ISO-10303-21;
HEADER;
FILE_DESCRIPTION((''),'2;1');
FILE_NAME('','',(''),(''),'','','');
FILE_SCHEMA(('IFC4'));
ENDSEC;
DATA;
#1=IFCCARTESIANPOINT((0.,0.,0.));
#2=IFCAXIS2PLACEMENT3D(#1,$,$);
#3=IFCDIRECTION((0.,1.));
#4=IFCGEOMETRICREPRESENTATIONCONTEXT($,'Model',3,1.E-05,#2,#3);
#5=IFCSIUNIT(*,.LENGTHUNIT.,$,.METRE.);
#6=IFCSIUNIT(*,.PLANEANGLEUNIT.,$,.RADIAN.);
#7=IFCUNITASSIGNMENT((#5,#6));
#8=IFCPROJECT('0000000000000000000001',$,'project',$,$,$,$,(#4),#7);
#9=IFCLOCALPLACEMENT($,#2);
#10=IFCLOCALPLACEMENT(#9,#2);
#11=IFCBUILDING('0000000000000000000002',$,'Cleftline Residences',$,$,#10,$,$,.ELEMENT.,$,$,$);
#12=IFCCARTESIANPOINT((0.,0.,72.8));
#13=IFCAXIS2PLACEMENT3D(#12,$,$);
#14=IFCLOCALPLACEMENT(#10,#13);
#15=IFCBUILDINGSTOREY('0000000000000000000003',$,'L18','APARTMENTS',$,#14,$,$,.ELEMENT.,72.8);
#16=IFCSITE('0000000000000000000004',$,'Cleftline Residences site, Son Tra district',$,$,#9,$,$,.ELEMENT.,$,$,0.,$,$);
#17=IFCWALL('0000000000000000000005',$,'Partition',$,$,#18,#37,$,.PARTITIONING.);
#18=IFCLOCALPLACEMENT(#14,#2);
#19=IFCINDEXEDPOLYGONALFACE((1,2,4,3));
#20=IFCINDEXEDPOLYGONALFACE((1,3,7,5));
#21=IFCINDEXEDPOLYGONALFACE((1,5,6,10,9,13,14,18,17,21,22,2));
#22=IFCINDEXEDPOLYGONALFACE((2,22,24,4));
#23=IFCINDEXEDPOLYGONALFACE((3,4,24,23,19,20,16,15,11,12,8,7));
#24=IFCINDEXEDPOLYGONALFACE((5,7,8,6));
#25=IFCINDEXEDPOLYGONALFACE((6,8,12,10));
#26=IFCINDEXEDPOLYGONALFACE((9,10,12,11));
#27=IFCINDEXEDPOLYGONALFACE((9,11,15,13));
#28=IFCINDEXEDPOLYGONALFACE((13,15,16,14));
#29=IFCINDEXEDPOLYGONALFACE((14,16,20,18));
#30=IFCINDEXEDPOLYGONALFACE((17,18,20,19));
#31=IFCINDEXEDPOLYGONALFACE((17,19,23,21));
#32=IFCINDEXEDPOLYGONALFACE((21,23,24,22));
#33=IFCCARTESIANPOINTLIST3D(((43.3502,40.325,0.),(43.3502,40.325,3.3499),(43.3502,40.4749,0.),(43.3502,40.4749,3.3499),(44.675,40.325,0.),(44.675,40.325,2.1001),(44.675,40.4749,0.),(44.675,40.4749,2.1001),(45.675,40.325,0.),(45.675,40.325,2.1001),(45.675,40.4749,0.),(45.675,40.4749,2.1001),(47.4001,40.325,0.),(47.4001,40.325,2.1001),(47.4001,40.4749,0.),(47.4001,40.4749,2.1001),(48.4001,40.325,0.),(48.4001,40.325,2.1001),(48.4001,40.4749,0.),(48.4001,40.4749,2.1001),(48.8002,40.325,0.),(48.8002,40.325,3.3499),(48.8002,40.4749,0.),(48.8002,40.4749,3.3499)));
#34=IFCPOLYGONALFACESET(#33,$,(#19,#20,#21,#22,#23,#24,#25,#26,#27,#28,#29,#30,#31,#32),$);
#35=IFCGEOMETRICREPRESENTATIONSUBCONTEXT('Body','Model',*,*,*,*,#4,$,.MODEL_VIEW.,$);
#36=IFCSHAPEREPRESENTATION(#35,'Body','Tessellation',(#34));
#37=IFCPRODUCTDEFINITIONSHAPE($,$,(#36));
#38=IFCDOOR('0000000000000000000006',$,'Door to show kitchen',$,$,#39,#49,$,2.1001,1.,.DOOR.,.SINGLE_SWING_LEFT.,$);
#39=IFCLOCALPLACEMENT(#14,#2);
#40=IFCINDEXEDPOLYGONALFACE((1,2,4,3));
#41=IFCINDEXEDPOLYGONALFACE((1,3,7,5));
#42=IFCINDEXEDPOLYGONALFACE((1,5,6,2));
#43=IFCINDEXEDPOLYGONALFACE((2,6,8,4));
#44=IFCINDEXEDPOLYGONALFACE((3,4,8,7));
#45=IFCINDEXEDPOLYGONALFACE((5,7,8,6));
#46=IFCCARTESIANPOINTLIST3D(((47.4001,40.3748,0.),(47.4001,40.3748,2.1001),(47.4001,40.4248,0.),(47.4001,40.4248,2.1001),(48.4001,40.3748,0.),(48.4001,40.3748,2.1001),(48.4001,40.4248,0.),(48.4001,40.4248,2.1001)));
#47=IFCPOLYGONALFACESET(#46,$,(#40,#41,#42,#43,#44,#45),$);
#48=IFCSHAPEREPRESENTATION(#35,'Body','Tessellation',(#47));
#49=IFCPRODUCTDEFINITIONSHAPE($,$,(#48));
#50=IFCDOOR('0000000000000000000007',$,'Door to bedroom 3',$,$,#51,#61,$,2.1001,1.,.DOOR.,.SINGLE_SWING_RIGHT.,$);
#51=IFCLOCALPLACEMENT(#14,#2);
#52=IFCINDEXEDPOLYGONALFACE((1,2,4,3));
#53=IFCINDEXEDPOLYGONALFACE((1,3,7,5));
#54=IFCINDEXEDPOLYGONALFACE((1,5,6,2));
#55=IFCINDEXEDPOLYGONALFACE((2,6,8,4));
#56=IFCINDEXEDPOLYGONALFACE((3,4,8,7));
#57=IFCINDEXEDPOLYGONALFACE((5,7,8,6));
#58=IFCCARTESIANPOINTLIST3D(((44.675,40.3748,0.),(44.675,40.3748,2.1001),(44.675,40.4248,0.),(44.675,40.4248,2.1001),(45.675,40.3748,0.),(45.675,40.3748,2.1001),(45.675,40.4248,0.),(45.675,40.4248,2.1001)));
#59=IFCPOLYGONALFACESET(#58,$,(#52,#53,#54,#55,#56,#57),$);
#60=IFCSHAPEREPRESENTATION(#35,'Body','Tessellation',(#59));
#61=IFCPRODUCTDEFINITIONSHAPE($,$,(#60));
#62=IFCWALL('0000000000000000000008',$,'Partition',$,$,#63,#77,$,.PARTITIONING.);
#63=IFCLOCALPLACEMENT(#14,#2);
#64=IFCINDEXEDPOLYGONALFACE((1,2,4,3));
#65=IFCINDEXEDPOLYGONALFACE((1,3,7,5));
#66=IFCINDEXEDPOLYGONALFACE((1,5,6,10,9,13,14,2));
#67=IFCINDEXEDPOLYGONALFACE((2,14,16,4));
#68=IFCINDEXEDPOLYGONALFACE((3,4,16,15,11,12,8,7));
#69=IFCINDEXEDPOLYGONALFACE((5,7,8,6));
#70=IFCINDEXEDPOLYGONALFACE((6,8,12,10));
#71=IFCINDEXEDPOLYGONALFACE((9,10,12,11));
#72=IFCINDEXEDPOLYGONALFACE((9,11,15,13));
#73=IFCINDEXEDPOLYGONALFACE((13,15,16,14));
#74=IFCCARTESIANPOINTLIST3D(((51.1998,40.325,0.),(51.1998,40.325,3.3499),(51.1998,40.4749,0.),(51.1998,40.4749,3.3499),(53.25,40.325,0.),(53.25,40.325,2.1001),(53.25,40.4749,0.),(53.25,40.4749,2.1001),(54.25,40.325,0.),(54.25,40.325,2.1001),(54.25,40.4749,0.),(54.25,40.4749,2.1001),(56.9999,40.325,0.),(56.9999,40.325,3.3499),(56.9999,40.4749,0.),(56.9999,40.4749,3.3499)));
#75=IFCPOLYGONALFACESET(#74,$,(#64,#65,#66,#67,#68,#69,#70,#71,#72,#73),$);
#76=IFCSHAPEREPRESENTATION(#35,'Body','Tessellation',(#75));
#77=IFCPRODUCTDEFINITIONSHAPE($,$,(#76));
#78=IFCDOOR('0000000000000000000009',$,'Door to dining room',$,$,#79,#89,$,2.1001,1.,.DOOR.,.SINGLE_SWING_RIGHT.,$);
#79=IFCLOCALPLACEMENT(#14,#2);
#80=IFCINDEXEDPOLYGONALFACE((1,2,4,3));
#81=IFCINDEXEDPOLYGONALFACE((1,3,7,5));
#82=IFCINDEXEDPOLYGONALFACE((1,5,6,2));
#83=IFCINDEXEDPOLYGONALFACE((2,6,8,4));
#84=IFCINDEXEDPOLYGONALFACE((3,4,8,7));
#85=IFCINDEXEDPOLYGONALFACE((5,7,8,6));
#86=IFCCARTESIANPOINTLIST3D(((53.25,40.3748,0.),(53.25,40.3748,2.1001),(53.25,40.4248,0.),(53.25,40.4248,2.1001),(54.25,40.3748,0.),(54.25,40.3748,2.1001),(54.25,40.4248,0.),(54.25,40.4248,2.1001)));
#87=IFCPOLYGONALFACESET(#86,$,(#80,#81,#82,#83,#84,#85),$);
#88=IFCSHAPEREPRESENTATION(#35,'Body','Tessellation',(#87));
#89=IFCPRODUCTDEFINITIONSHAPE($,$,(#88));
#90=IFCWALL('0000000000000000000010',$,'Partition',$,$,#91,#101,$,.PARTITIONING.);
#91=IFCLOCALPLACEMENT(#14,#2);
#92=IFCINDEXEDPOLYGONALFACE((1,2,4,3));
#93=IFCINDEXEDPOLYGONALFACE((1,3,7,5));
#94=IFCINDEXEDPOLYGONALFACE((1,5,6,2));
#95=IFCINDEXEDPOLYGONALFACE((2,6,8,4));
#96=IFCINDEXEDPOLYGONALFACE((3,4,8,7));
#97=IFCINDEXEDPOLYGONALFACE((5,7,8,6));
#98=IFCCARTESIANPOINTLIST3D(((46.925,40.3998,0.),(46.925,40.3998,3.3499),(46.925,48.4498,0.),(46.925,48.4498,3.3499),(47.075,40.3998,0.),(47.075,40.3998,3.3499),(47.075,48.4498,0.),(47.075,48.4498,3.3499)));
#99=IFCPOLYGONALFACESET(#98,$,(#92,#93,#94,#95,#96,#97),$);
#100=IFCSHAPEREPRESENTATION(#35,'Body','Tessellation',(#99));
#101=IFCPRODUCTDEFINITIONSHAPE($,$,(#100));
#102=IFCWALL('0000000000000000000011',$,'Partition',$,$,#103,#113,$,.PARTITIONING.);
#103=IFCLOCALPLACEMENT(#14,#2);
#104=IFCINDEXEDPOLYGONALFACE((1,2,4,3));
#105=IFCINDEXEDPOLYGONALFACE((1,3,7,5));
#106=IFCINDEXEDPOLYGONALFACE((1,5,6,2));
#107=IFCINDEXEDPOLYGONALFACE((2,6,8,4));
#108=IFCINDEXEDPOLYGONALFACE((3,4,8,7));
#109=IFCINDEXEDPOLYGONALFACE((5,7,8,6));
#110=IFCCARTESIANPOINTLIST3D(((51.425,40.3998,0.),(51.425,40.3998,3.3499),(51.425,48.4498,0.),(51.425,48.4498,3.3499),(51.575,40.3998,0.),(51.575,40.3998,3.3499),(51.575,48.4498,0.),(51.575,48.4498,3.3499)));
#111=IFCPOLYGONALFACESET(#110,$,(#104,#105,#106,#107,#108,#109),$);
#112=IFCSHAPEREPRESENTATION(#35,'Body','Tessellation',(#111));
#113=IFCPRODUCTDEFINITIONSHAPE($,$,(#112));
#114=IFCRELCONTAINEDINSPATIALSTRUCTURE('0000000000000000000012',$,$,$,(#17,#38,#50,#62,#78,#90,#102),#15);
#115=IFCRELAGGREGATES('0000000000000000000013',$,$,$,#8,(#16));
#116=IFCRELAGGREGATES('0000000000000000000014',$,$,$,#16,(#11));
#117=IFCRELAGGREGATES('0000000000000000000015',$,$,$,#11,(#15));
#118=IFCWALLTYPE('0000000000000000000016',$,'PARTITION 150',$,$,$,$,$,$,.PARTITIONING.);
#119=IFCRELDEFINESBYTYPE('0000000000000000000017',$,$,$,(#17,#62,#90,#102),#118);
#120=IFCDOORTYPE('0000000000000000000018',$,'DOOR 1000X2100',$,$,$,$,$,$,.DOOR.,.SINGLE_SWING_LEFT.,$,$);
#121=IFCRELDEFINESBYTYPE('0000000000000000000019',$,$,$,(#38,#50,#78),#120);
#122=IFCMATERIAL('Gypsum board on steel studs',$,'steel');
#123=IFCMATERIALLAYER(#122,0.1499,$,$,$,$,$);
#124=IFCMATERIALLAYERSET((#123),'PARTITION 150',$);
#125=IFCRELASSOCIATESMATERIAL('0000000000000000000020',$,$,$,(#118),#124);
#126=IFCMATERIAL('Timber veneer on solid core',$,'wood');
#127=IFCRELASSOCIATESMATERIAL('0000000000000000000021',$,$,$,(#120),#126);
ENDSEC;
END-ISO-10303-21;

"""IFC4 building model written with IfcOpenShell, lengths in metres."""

from ifc_helpers import new_model, si_unit, direction, frame, frame_2d, origin, place, context, subcontext, project, spatial, rectangle, extrude, material, layer, layer_set, type_object, element, fill, save


model = new_model("IFC4")

# Units and contexts
model_context = context("Model", 3, precision=1e-05, world=origin(), true_north=direction((0.0, 1.0)))
body_context = subcontext(model_context, "Body", "Model", "MODEL_VIEW")
ifc_project = project(units=[si_unit("LENGTHUNIT", "METRE"), si_unit("PLANEANGLEUNIT", "RADIAN")], contexts=[model_context])

# Site, building, storey
site_placement = place(None, origin())
site = spatial("IfcSite", under=ifc_project, at=site_placement, Name="Cleftline Residences site, Son Tra district", CompositionType="ELEMENT", RefElevation=0.0)
building_placement = place(site_placement, origin())
building = spatial("IfcBuilding", under=site, at=building_placement, Name="Cleftline Residences", CompositionType="ELEMENT")
storey_placement = place(building_placement, frame((0.0, 0.0, 72.8)))
storey = spatial("IfcBuildingStorey", under=building, at=storey_placement, Name="L18", Description="APARTMENTS", CompositionType="ELEMENT", Elevation=72.8)

# Wall, openings, doors
ifc_material_1 = material(Name="Gypsum board on steel studs", Category="steel")
ifc_layer_1 = layer(ifc_material_1, 0.1499)
ifc_layer_set_1 = layer_set([ifc_layer_1], Name="PARTITION 150")
wall_type = type_object("IfcWallType", Name="PARTITION 150", PredefinedType="PARTITIONING", material=ifc_layer_set_1)
ifc_material_2 = material(Name="Timber veneer on solid core", Category="wood")
door_type_1 = type_object("IfcDoorType", Name="DOOR 1000X2100", OperationType="SINGLE_SWING_LEFT", PredefinedType="DOOR", material=ifc_material_2)
wall_1_placement = place(storey_placement, frame((43.3501, 40.3999, 0.0), z_axis=(0.0, 0.0, 1.0), x_axis=(1.0, 0.0, 0.0)))
wall_1 = element("IfcWall", 1, at=wall_1_placement, inside=storey, type_object=wall_type, Name="Partition", PredefinedType="PARTITIONING", context=body_context, shape_type="SweptSolid", body=[
    extrude(rectangle(XDim=5.45, YDim=0.1499, at=frame_2d((2.7251, 0.0))), origin(), (0.0, 0.0, 1.0), 3.3499),
])
opening_1_placement = place(wall_1_placement, frame((4.05, 0.0, 0.0)))
opening_1 = element("IfcOpeningElement", 2, at=opening_1_placement, cuts=wall_1, PredefinedType="OPENING", context=body_context, shape_type="SweptSolid", body=[
    extrude(rectangle(XDim=1.0, YDim=2.1001, at=frame_2d((0.5, 1.05))), frame((0.0, 0.085, 0.0), z_axis=(0.0, -1.0, 0.0), x_axis=(1.0, 0.0, 0.0)), (0.0, 0.0, 1.0), 0.1699),
])
opening_2_placement = place(wall_1_placement, frame((1.325, 0.0, 0.0)))
opening_2 = element("IfcOpeningElement", 3, at=opening_2_placement, cuts=wall_1, PredefinedType="OPENING", context=body_context, shape_type="SweptSolid", body=[
    extrude(rectangle(XDim=1.0, YDim=2.1001, at=frame_2d((0.5, 1.05))), frame((0.0, 0.085, 0.0), z_axis=(0.0, -1.0, 0.0), x_axis=(1.0, 0.0, 0.0)), (0.0, 0.0, 1.0), 0.1699),
])
door_1_placement = place(opening_1_placement, origin())
door_1 = element("IfcDoor", 4, at=door_1_placement, inside=storey, type_object=door_type_1, Name="Door to show kitchen", OperationType="SINGLE_SWING_LEFT", OverallHeight=2.1001, OverallWidth=1.0, PredefinedType="DOOR", context=body_context, shape_type="SweptSolid", body=[
    extrude(rectangle(XDim=1.0, YDim=2.1001, at=frame_2d((0.5, 1.05))), frame((0.0, 0.0249, 0.0), z_axis=(0.0, -1.0, 0.0), x_axis=(1.0, 0.0, 0.0)), (0.0, 0.0, 1.0), 0.05),
])
fill(opening_1, door_1)
door_2_placement = place(opening_2_placement, origin())
door_2 = element("IfcDoor", 5, at=door_2_placement, inside=storey, type_object=door_type_1, Name="Door to bedroom 3", OperationType="SINGLE_SWING_RIGHT", OverallHeight=2.1001, OverallWidth=1.0, PredefinedType="DOOR", context=body_context, shape_type="SweptSolid", body=[
    extrude(rectangle(XDim=1.0, YDim=2.1001, at=frame_2d((0.5, 1.05))), frame((0.0, 0.0249, 0.0), z_axis=(0.0, -1.0, 0.0), x_axis=(1.0, 0.0, 0.0)), (0.0, 0.0, 1.0), 0.05),
])
fill(opening_2, door_2)

# Wall, opening, door
wall_2_placement = place(storey_placement, frame((51.2, 40.3999, 0.0), z_axis=(0.0, 0.0, 1.0), x_axis=(1.0, 0.0, 0.0)))
wall_2 = element("IfcWall", 6, at=wall_2_placement, inside=storey, type_object=wall_type, Name="Partition", PredefinedType="PARTITIONING", context=body_context, shape_type="SweptSolid", body=[
    extrude(rectangle(XDim=5.8, YDim=0.1499, at=frame_2d((2.8999, 0.0))), origin(), (0.0, 0.0, 1.0), 3.3499),
])
opening_3_placement = place(wall_2_placement, frame((2.05, 0.0, 0.0)))
opening_3 = element("IfcOpeningElement", 7, at=opening_3_placement, cuts=wall_2, PredefinedType="OPENING", context=body_context, shape_type="SweptSolid", body=[
    extrude(rectangle(XDim=1.0, YDim=2.1001, at=frame_2d((0.5, 1.05))), frame((0.0, 0.085, 0.0), z_axis=(0.0, -1.0, 0.0), x_axis=(1.0, 0.0, 0.0)), (0.0, 0.0, 1.0), 0.1699),
])
door_3_placement = place(opening_3_placement, origin())
door_3 = element("IfcDoor", 8, at=door_3_placement, inside=storey, type_object=door_type_1, Name="Door to dining room", OperationType="SINGLE_SWING_RIGHT", OverallHeight=2.1001, OverallWidth=1.0, PredefinedType="DOOR", context=body_context, shape_type="SweptSolid", body=[
    extrude(rectangle(XDim=1.0, YDim=2.1001, at=frame_2d((0.5, 1.05))), frame((0.0, 0.0249, 0.0), z_axis=(0.0, -1.0, 0.0), x_axis=(1.0, 0.0, 0.0)), (0.0, 0.0, 1.0), 0.05),
])
fill(opening_3, door_3)

# Walls
for number, where, z_axis, x_axis, name in (
    (9, (47.0, 40.3999, 0.0), (0.0, 0.0, 1.0), (0.0, 1.0, 0.0), "Partition"),
    (10, (51.5, 40.3999, 0.0), (0.0, 0.0, 1.0), (0.0, 1.0, 0.0), "Partition"),
):
    element("IfcWall", number, at=place(storey_placement, frame(where, z_axis=z_axis, x_axis=x_axis)), inside=storey, type_object=wall_type, Name=name, PredefinedType="PARTITIONING", context=body_context, shape_type="SweptSolid", body=[
        extrude(rectangle(XDim=8.05, YDim=0.1499, at=frame_2d((4.0249, 0.0))), origin(), (0.0, 0.0, 1.0), 3.3499),
    ])

save(model, "model.ifc")
